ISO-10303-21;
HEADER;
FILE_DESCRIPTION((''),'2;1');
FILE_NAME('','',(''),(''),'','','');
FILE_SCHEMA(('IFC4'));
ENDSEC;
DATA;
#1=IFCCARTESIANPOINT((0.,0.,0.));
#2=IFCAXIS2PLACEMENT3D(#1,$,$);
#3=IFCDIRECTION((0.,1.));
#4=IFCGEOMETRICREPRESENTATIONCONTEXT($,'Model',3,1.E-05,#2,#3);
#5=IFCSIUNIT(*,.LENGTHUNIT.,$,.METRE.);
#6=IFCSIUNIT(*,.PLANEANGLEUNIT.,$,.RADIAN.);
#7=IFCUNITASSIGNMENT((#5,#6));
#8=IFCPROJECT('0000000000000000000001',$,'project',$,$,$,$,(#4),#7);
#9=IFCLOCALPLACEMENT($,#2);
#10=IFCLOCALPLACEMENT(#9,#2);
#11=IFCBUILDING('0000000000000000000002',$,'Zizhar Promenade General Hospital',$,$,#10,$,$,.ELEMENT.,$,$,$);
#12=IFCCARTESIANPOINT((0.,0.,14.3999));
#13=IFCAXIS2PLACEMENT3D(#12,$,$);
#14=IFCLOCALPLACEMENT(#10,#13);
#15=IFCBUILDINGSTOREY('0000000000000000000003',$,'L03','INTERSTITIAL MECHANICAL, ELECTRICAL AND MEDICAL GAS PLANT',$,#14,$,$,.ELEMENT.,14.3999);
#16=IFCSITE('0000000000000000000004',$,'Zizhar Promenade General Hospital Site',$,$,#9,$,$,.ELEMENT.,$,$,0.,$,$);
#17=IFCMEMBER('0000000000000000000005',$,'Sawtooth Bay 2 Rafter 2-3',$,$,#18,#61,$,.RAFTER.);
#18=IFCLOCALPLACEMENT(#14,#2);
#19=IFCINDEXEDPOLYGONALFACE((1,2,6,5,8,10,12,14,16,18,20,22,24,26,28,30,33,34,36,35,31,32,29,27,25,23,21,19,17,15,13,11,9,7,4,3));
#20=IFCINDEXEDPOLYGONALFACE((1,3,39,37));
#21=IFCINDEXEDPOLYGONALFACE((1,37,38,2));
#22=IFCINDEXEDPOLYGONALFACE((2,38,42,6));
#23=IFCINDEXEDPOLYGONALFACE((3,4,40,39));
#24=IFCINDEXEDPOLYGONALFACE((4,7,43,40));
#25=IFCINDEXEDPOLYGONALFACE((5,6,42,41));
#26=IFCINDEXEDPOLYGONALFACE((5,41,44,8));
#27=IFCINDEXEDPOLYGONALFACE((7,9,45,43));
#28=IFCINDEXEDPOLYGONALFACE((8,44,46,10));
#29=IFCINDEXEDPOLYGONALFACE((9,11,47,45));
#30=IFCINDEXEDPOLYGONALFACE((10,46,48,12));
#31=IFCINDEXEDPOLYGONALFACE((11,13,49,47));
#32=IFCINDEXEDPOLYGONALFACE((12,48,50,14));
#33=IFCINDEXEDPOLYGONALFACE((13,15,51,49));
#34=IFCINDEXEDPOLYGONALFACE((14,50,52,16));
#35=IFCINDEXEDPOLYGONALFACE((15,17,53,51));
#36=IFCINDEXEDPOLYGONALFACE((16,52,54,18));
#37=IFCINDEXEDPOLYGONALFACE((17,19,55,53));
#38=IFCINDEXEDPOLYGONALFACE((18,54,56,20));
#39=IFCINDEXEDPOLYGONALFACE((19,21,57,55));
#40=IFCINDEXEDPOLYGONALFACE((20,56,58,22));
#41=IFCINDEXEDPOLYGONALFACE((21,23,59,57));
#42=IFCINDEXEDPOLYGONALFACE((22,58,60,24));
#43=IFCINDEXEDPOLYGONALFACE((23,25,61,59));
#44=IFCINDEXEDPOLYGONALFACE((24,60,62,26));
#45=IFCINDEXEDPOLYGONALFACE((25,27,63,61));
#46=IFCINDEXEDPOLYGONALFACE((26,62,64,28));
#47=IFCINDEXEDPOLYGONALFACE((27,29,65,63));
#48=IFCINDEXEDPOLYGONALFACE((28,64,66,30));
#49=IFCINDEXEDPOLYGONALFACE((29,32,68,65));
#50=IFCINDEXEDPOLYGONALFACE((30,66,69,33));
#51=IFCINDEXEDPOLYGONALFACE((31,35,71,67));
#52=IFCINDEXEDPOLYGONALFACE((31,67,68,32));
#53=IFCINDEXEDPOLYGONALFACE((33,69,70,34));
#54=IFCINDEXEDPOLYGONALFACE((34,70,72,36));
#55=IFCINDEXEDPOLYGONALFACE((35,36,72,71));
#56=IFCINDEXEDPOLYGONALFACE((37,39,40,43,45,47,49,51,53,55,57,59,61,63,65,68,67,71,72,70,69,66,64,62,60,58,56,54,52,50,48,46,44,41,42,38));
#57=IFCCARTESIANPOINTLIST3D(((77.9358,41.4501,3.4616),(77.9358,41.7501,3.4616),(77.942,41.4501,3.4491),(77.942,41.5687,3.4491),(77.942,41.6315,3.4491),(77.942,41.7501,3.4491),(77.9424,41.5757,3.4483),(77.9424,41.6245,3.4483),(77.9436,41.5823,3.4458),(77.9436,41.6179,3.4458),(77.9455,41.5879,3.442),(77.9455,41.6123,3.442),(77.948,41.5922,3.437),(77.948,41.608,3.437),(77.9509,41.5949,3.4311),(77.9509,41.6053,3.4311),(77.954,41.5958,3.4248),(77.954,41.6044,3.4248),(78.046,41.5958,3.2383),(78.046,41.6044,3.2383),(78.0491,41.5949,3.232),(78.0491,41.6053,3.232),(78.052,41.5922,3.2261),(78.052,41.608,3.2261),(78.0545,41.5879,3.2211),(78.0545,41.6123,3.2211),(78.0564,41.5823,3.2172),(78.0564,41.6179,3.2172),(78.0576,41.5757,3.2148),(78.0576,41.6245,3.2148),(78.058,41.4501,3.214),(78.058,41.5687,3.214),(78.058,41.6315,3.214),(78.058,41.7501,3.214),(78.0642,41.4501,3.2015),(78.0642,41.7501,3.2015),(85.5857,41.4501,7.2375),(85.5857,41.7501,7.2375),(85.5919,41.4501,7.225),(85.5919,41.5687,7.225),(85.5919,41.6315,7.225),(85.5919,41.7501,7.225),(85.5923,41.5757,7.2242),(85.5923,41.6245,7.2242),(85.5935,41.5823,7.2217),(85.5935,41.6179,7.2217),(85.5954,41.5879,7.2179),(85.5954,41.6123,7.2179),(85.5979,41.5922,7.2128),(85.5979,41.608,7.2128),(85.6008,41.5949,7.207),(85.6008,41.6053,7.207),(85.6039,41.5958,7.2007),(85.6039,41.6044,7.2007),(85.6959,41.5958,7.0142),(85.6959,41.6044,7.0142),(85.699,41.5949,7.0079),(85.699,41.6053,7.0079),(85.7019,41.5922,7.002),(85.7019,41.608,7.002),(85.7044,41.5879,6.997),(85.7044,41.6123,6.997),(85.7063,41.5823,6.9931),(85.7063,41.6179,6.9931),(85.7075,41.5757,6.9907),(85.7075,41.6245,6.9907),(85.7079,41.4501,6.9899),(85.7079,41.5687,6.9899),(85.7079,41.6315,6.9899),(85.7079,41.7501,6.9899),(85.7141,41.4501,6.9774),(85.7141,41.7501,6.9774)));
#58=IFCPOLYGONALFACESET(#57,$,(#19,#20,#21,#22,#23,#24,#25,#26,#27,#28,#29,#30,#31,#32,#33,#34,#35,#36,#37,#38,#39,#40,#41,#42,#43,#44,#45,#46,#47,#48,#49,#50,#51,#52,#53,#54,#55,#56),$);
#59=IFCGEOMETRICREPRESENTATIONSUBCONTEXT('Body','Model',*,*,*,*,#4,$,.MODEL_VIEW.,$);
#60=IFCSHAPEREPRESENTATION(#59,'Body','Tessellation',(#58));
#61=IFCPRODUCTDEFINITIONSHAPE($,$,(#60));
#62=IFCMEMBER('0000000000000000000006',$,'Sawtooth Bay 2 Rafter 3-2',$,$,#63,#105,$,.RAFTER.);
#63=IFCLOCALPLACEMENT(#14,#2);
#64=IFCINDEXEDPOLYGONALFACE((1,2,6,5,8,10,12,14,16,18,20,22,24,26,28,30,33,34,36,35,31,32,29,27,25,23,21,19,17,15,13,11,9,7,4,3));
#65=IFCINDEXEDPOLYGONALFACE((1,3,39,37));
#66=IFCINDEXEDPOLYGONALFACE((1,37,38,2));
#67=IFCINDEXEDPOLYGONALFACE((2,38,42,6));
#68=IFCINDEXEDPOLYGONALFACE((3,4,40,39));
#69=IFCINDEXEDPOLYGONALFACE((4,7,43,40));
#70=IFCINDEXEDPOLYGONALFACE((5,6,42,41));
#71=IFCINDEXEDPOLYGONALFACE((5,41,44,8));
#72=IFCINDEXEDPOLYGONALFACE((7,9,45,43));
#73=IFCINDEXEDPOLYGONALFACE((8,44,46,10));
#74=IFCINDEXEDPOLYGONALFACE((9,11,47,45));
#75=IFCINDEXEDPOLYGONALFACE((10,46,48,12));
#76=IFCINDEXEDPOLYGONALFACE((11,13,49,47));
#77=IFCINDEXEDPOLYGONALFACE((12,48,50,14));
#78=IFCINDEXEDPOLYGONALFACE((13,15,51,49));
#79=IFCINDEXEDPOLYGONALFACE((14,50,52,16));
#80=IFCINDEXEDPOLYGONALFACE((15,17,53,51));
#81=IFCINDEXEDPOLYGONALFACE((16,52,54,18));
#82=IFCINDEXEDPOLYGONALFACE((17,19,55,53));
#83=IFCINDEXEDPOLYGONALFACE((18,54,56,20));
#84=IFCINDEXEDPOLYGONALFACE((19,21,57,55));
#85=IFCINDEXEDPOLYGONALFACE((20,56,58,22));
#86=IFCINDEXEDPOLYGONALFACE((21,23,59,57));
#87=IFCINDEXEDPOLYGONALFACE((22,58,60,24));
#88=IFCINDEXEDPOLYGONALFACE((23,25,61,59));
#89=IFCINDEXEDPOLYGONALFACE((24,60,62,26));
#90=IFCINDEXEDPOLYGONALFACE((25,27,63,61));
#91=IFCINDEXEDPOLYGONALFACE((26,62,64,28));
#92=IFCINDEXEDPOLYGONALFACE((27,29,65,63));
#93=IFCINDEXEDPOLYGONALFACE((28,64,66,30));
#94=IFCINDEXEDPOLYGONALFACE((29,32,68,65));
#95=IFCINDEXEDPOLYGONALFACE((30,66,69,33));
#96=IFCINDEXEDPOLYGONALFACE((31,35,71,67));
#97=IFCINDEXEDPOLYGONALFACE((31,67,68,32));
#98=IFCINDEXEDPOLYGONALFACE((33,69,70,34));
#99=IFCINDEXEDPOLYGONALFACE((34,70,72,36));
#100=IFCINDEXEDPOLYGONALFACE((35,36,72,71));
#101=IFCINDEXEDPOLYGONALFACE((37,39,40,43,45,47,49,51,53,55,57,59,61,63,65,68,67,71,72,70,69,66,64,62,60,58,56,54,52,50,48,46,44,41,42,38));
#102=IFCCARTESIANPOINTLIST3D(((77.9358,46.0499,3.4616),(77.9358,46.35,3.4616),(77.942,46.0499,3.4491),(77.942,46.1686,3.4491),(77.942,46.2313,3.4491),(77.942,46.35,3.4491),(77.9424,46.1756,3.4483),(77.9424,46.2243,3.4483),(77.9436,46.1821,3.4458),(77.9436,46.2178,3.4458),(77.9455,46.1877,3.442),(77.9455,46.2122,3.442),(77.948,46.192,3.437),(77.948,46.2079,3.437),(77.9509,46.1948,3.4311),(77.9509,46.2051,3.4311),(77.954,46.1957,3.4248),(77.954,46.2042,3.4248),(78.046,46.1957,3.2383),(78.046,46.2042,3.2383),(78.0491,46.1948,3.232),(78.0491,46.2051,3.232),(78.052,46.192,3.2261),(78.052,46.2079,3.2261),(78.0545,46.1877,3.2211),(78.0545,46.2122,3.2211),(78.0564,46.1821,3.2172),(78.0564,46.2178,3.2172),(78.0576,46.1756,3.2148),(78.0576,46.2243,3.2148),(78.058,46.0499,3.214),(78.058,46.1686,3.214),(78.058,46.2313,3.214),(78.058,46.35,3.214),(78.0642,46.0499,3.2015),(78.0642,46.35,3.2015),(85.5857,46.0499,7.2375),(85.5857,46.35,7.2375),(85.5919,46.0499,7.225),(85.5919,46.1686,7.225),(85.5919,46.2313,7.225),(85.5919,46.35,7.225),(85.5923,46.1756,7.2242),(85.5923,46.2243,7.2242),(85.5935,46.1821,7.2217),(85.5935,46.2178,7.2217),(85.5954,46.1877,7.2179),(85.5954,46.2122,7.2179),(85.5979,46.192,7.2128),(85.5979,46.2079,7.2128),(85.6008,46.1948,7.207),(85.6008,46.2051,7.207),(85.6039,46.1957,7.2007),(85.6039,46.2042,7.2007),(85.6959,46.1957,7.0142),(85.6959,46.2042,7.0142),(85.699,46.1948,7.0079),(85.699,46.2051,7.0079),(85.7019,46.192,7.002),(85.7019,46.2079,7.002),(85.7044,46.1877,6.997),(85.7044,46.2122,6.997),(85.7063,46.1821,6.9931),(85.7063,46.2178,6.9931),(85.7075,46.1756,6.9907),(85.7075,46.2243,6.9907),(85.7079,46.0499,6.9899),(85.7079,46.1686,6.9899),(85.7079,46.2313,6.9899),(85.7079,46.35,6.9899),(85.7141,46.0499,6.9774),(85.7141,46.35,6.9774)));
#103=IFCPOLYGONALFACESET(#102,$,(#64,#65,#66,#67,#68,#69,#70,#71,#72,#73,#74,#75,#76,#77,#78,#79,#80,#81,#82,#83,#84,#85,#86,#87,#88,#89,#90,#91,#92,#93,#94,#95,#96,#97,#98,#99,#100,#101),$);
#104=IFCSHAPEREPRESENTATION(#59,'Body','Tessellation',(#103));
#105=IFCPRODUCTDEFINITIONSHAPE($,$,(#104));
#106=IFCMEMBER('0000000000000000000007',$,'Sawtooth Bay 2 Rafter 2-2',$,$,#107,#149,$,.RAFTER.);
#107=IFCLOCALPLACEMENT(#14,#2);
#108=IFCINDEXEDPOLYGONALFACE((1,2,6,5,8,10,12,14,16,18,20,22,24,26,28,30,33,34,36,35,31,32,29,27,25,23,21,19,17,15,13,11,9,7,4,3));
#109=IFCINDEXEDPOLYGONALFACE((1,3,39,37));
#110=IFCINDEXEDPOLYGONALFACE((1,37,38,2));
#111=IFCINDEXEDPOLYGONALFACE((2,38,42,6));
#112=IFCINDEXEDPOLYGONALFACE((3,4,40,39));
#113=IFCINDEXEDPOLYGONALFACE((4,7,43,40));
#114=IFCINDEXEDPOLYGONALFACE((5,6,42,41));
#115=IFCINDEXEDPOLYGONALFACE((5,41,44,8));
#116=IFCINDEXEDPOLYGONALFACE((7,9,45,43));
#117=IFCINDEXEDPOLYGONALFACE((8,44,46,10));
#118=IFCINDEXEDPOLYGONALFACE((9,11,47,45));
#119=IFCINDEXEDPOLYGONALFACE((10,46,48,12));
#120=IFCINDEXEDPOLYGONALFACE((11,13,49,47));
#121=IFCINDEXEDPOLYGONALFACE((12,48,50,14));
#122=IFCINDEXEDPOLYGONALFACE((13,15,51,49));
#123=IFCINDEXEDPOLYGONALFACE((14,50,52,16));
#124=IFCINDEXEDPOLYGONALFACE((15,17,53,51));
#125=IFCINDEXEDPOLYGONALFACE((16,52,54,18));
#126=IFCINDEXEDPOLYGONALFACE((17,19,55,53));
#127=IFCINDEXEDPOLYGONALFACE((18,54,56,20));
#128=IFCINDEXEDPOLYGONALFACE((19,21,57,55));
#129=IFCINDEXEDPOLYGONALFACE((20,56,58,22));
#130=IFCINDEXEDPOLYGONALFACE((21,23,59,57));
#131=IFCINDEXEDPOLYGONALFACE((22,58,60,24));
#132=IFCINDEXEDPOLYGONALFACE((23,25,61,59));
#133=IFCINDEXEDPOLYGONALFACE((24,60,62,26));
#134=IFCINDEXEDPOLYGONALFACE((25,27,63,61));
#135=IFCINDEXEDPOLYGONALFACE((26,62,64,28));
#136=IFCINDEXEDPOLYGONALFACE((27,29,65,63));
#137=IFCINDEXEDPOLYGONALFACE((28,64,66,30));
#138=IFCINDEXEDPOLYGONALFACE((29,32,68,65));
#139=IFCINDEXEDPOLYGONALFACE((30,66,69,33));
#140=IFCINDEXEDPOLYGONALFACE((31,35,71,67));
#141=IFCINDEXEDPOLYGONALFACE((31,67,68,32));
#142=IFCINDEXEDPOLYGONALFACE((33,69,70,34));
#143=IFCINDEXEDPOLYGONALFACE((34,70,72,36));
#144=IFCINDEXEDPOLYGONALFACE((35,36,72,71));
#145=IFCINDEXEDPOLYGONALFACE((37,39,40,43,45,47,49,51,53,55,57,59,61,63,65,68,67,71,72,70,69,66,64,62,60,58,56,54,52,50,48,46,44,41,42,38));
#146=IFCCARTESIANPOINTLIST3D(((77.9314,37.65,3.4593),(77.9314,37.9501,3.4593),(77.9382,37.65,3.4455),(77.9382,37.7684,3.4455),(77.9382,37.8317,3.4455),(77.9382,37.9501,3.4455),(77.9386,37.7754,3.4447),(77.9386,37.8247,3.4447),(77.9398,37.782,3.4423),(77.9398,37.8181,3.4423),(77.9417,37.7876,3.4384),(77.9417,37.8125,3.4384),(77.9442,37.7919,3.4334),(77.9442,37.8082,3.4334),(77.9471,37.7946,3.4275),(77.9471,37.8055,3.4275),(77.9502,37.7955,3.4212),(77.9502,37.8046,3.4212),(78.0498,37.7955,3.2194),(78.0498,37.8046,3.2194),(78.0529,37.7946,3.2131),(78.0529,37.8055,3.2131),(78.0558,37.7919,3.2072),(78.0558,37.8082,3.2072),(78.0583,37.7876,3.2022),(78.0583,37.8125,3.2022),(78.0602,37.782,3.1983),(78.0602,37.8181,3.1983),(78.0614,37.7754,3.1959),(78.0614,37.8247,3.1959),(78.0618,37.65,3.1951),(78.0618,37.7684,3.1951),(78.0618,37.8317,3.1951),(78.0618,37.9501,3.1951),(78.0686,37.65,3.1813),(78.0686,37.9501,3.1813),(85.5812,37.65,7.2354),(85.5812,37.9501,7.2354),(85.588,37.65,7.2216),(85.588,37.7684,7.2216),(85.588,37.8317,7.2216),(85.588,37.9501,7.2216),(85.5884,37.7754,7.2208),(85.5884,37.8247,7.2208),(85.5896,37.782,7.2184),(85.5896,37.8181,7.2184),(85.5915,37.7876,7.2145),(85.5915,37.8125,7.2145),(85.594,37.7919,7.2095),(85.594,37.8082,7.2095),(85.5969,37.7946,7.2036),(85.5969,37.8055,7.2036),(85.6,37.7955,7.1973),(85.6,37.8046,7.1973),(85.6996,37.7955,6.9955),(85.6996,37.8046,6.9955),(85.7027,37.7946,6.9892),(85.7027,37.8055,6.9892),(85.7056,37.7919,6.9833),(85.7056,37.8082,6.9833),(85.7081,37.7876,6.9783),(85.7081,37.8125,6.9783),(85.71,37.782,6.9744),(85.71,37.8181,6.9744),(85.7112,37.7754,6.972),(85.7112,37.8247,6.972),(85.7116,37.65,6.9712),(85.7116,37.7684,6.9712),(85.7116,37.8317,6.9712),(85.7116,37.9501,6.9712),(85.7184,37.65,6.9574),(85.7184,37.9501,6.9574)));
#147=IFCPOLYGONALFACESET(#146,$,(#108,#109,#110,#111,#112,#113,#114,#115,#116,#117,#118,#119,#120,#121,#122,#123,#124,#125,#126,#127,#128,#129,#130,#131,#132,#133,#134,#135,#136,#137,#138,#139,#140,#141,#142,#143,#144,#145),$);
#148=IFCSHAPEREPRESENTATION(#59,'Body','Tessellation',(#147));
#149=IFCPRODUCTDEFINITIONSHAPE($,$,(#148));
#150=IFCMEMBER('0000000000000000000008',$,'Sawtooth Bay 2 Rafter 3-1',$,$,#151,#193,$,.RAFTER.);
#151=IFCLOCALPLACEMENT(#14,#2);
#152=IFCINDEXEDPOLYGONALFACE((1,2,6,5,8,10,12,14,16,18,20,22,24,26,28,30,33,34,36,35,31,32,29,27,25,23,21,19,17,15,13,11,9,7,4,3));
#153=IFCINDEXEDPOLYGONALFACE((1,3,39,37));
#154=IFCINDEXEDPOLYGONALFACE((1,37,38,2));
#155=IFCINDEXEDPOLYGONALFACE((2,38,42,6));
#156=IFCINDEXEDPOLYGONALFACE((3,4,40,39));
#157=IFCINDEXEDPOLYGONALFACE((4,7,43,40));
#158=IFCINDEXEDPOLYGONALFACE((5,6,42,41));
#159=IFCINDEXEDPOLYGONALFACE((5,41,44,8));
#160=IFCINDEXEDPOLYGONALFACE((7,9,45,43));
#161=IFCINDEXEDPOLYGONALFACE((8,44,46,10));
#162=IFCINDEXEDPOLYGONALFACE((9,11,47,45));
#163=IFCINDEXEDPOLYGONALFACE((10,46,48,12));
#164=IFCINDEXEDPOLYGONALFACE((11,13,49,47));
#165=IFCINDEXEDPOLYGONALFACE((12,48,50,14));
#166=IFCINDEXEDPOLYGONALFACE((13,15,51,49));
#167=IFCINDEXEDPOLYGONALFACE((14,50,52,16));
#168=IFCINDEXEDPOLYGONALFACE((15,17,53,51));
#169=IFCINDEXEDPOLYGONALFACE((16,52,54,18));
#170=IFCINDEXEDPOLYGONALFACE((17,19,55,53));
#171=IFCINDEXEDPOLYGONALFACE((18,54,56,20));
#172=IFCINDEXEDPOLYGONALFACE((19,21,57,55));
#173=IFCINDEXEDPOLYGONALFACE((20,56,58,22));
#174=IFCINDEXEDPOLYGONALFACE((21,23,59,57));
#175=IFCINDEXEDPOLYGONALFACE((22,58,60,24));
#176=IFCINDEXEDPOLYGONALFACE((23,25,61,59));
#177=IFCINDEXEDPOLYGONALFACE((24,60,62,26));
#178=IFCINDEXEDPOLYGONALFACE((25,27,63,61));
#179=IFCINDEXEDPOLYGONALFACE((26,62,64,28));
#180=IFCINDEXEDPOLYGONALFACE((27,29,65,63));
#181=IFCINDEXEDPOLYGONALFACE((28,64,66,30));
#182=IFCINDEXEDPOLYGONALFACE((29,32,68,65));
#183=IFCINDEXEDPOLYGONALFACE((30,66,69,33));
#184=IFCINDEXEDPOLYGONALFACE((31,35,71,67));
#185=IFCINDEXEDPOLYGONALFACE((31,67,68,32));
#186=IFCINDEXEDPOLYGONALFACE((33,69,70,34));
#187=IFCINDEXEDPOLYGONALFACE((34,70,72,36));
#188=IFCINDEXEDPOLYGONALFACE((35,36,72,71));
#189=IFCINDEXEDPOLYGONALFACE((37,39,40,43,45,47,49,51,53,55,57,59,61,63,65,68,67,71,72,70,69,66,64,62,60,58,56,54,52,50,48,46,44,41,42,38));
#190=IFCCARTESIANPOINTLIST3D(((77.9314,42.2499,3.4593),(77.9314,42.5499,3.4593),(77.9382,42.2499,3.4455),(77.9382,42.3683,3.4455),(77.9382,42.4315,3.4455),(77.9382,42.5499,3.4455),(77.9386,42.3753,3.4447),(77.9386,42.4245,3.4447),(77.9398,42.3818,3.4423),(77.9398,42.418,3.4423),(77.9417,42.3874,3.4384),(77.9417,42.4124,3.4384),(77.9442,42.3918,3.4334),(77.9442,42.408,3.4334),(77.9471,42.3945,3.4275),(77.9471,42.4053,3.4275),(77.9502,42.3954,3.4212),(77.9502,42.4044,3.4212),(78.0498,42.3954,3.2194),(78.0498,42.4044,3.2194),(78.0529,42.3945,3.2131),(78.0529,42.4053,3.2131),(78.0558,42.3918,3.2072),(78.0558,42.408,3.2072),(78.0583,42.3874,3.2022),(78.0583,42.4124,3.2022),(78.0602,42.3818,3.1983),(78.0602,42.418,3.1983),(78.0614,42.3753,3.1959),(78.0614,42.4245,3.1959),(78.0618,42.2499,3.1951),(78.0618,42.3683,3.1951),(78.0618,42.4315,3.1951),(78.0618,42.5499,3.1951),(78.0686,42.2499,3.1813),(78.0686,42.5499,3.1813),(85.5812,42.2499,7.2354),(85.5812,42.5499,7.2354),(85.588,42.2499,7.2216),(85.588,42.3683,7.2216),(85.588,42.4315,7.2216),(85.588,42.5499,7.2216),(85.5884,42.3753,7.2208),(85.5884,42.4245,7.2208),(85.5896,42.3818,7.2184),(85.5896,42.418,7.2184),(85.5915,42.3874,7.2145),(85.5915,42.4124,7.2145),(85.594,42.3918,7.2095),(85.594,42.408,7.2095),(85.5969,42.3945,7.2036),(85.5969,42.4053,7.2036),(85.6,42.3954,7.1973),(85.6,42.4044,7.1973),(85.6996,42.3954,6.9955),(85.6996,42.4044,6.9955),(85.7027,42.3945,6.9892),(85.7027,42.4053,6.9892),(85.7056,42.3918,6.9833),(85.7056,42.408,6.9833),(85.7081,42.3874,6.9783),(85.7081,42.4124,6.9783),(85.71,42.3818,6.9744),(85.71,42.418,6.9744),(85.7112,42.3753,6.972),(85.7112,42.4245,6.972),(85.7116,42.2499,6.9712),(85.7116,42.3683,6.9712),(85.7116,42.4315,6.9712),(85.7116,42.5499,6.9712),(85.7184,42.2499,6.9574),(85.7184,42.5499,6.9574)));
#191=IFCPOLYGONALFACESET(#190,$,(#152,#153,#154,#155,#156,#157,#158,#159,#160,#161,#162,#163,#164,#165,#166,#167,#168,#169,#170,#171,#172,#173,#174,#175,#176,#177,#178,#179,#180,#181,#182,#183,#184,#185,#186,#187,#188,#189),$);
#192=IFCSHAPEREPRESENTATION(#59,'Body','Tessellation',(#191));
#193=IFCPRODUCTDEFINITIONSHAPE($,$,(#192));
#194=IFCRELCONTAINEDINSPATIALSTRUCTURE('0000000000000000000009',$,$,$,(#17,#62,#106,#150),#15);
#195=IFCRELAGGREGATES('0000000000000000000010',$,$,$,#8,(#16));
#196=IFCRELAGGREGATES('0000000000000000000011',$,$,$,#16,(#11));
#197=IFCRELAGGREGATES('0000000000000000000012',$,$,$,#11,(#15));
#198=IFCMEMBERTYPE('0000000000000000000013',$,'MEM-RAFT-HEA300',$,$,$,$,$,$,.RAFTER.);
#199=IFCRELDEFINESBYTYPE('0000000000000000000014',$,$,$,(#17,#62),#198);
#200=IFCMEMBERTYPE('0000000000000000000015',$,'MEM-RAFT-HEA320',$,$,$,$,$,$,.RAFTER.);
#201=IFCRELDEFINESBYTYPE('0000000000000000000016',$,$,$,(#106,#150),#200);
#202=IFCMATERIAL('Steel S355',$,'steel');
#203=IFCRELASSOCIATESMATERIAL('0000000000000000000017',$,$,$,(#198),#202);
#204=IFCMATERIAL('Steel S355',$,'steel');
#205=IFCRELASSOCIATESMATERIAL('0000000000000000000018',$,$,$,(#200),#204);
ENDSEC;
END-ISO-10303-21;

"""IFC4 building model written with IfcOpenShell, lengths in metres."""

from ifc_helpers import new_model, si_unit, direction, frame, origin, origin_2d, place, context, subcontext, project, spatial, i_section, extrude, material, material_profile, profile_set, type_object, element, save


model = new_model("IFC4")

# Units and contexts
model_context = context("Model", 3, precision=1e-05, world=origin(), true_north=direction((0.0, 1.0)))
body_context = subcontext(model_context, "Body", "Model", "MODEL_VIEW")
ifc_project = project(units=[si_unit("LENGTHUNIT", "METRE"), si_unit("PLANEANGLEUNIT", "RADIAN")], contexts=[model_context])

# Site, building, storey
site_placement = place(None, origin())
site = spatial("IfcSite", under=ifc_project, at=site_placement, Name="Zizhar Promenade General Hospital Site", CompositionType="ELEMENT", RefElevation=0.0)
building_placement = place(site_placement, origin())
building = spatial("IfcBuilding", under=site, at=building_placement, Name="Zizhar Promenade General Hospital", CompositionType="ELEMENT")
storey_placement = place(building_placement, frame((0.0, 0.0, 14.3999)))
storey = spatial("IfcBuildingStorey", under=building, at=storey_placement, Name="L03", Description="INTERSTITIAL MECHANICAL, ELECTRICAL AND MEDICAL GAS PLANT", CompositionType="ELEMENT", Elevation=14.3999)

# Members
ifc_material_1 = material(Name="Steel S355", Category="steel")
ifc_material_profile_1 = material_profile(ifc_material_1, i_section(OverallWidth=0.3, OverallDepth=0.29, WebThickness=0.0085, FlangeThickness=0.0139, FilletRadius=0.0271, at=origin_2d()))
ifc_profile_set_1 = profile_set([ifc_material_profile_1], Name="Steel S355")
member_type_1 = type_object("IfcMemberType", Name="MEM-RAFT-HEA300", PredefinedType="RAFTER", material=ifc_profile_set_1)
for number, where, z_axis, x_axis, name in (
    (1, (78.0, 41.6001, 3.3315), (0.896716, 0.0, 0.442606), (0.0, 1.0, 0.0), "Sawtooth Bay 2 Rafter 2-3"),
    (2, (78.0, 46.2, 3.3315), (0.896716, 0.0, 0.442606), (0.0, 1.0, 0.0), "Sawtooth Bay 2 Rafter 3-2"),
):
    element("IfcMember", number, at=place(storey_placement, frame(where, z_axis=z_axis, x_axis=x_axis)), inside=storey, type_object=member_type_1, Name=name, PredefinedType="RAFTER", context=body_context, shape_type="SweptSolid", body=[
        extrude(i_section(OverallWidth=0.3, OverallDepth=0.29, WebThickness=0.0085, FlangeThickness=0.0139, FilletRadius=0.0271, at=origin_2d()), origin(), (0.0, 0.0, 1.0), 8.531),
    ])
ifc_material_2 = material(Name="Steel S355", Category="steel")
ifc_material_profile_2 = material_profile(ifc_material_2, i_section(OverallWidth=0.3, OverallDepth=0.3101, WebThickness=0.009, FlangeThickness=0.0154, FilletRadius=0.0271, at=origin_2d()))
ifc_profile_set_2 = profile_set([ifc_material_profile_2], Name="Steel S355")
member_type_2 = type_object("IfcMemberType", Name="MEM-RAFT-HEA320", PredefinedType="RAFTER", material=ifc_profile_set_2)
for number, where, z_axis, x_axis, name in (
    (3, (78.0, 37.8, 3.3203), (0.896705, 0.0, 0.442629), (0.0, 1.0, 0.0), "Sawtooth Bay 2 Rafter 2-2"),
    (4, (78.0, 42.3999, 3.3203), (0.896705, 0.0, 0.442629), (0.0, 1.0, 0.0), "Sawtooth Bay 2 Rafter 3-1"),
):
    element("IfcMember", number, at=place(storey_placement, frame(where, z_axis=z_axis, x_axis=x_axis)), inside=storey, type_object=member_type_2, Name=name, PredefinedType="RAFTER", context=body_context, shape_type="SweptSolid", body=[
        extrude(i_section(OverallWidth=0.3, OverallDepth=0.3101, WebThickness=0.009, FlangeThickness=0.0154, FilletRadius=0.0271, at=origin_2d()), origin(), (0.0, 0.0, 1.0), 8.531),
    ])

save(model, "model.ifc")
